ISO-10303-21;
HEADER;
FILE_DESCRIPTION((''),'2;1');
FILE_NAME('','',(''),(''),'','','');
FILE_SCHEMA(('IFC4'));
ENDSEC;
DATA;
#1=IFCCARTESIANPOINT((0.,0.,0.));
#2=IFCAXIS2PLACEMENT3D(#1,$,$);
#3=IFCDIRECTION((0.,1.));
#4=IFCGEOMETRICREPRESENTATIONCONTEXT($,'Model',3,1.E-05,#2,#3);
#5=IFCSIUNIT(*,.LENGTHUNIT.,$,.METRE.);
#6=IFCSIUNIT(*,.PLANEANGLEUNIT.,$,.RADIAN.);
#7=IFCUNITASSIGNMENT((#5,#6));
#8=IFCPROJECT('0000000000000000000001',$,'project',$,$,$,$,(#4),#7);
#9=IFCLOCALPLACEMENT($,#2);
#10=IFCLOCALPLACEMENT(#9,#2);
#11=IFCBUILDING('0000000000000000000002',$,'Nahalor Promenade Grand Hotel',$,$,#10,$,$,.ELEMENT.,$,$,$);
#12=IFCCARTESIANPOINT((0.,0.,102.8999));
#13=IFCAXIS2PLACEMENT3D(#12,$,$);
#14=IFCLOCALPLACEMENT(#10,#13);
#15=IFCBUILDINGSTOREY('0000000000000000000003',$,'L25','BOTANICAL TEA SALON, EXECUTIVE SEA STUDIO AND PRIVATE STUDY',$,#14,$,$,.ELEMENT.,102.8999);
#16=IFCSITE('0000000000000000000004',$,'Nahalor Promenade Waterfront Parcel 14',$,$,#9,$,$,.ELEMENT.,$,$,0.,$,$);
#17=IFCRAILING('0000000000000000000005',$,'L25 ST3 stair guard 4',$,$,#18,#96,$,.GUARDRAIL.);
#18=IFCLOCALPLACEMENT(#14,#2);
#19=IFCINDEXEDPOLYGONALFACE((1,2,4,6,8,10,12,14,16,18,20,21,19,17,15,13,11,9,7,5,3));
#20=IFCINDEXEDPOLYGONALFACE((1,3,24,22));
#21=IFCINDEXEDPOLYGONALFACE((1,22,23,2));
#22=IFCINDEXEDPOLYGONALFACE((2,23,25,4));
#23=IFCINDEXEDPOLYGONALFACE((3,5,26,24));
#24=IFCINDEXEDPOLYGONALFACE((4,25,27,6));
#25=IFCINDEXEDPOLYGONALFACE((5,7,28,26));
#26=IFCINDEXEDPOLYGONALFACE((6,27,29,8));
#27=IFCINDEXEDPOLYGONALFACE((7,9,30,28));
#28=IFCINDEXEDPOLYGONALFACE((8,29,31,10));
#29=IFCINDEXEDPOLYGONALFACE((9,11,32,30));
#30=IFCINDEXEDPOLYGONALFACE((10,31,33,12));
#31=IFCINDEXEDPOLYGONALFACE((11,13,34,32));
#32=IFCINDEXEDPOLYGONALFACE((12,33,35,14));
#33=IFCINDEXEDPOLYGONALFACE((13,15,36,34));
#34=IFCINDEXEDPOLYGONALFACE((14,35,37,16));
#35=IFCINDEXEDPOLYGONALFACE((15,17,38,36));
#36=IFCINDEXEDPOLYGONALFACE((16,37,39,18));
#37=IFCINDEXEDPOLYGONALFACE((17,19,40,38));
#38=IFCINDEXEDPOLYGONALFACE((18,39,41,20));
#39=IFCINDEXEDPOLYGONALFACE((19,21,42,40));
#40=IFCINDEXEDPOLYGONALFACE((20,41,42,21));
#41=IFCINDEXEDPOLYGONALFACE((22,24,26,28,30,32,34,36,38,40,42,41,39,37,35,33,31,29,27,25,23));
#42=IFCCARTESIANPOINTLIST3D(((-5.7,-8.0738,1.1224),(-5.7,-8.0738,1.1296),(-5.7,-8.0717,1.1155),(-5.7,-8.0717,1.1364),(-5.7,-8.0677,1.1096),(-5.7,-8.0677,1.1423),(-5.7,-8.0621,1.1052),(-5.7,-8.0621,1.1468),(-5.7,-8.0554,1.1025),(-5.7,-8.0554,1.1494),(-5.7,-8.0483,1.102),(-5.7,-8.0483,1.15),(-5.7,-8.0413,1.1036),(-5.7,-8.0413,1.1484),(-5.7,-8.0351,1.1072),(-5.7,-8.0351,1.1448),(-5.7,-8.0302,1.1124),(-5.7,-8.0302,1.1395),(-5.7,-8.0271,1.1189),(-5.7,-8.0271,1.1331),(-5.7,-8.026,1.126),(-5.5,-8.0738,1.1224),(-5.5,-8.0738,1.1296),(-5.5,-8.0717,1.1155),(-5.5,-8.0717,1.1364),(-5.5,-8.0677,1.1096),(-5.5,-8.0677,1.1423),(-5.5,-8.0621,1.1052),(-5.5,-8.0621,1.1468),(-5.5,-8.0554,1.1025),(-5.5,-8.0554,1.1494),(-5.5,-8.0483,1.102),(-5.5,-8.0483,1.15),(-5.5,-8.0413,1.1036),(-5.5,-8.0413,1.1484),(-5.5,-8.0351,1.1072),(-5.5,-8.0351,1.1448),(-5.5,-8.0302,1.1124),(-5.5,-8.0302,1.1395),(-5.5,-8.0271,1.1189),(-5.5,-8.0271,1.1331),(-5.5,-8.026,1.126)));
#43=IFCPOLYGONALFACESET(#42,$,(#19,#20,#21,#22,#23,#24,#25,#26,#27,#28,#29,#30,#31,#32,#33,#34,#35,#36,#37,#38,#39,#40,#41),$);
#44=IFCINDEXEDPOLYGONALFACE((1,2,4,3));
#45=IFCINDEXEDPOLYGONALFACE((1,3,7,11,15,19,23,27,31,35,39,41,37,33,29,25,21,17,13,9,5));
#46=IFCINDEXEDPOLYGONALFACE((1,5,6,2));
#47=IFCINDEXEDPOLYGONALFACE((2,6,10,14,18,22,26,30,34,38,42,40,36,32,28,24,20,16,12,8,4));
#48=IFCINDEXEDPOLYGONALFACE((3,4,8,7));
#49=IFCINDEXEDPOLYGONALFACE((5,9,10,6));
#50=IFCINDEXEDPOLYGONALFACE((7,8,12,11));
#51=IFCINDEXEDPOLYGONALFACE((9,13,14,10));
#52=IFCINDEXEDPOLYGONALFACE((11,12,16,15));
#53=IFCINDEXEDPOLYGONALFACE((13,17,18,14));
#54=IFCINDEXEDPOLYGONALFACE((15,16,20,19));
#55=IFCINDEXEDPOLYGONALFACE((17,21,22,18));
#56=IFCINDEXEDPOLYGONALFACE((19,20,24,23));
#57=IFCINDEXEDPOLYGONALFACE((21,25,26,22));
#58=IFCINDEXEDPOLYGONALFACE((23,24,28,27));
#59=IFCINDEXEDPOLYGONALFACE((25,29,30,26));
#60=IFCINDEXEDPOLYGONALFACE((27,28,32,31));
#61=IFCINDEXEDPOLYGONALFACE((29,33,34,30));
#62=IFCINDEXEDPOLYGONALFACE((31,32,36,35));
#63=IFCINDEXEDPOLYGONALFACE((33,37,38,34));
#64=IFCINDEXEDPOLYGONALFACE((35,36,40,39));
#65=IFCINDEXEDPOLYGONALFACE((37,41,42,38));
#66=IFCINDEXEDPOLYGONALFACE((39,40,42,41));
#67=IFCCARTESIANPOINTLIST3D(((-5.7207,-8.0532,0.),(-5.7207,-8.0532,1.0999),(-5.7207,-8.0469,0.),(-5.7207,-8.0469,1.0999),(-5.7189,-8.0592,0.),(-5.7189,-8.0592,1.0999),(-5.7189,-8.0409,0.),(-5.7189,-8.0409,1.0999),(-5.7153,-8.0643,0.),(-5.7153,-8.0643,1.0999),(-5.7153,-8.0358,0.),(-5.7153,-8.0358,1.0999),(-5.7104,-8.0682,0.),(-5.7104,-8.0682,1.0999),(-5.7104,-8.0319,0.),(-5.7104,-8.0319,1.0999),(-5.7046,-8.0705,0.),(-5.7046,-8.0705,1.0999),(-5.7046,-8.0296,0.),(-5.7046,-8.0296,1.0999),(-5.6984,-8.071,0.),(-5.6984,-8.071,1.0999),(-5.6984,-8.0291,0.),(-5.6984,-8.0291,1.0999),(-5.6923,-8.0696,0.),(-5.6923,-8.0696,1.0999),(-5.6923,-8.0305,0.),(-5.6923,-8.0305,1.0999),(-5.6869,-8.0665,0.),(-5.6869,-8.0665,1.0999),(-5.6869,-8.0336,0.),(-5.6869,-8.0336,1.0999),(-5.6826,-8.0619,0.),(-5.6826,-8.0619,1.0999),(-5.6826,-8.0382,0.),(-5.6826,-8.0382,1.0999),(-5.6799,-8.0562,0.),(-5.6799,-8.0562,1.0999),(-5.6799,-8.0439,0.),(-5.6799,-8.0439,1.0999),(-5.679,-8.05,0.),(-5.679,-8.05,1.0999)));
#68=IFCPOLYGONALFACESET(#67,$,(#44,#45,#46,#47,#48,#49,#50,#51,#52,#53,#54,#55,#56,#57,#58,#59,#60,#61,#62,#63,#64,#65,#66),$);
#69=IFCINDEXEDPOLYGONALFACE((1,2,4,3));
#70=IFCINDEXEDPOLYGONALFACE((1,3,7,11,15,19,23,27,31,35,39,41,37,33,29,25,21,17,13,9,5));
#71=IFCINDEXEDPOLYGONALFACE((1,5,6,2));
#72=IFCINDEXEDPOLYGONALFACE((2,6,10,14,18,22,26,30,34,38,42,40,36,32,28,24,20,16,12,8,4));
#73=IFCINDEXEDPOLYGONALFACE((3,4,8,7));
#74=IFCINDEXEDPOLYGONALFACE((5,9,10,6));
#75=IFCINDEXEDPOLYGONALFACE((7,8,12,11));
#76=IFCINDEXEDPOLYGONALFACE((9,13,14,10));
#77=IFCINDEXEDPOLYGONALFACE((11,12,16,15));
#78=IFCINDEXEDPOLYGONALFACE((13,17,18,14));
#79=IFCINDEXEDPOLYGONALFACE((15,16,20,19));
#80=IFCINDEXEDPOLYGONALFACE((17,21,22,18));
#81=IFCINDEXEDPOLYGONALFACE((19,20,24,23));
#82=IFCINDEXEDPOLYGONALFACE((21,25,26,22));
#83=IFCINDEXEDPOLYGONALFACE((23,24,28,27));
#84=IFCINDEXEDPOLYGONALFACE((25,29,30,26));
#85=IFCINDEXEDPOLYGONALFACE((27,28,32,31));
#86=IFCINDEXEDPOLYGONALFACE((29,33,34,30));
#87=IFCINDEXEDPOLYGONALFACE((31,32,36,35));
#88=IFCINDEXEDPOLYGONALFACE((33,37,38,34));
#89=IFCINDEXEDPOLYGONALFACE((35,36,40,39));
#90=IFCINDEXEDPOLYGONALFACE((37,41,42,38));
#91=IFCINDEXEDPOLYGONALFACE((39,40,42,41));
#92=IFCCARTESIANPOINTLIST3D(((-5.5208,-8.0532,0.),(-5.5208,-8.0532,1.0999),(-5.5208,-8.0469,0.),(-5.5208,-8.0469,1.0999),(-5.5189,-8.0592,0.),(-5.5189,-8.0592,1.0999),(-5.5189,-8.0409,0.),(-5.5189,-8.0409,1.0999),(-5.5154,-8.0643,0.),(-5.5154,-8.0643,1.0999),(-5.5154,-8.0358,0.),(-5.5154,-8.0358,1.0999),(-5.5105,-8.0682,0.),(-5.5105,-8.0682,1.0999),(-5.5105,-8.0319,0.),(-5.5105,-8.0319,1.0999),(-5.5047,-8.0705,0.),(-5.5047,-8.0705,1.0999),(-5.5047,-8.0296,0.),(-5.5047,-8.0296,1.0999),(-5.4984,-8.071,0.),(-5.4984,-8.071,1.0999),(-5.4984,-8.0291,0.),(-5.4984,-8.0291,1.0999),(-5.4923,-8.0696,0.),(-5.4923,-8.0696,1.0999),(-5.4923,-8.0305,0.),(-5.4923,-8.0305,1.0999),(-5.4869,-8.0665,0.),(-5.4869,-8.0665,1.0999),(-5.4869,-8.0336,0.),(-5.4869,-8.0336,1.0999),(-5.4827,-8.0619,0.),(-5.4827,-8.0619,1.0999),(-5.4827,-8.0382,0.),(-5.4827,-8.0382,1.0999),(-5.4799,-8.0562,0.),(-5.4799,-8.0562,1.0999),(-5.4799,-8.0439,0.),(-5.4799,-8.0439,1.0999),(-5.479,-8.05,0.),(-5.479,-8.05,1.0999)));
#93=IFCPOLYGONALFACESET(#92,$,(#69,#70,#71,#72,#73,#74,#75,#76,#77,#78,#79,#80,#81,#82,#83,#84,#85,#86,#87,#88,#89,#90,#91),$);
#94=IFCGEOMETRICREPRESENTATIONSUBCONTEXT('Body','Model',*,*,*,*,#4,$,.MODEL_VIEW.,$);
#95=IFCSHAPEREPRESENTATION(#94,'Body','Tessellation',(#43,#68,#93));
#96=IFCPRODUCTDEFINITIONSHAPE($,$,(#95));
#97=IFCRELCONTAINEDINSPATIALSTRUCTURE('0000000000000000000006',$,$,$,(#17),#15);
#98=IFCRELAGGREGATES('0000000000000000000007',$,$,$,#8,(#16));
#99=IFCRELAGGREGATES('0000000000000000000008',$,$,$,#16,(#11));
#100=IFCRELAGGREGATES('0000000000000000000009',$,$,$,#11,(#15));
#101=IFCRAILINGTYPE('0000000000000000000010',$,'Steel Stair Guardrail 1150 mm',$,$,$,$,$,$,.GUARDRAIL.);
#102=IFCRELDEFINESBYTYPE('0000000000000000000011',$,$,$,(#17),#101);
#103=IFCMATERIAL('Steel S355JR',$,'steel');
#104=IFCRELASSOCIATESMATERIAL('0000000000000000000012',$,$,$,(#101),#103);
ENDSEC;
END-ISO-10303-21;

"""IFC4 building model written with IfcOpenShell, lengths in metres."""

from ifc_helpers import new_model, si_unit, direction, frame, origin, origin_2d, place, context, subcontext, project, spatial, circle, extrude, material, type_object, element, save


model = new_model("IFC4")

# Units and contexts
model_context = context("Model", 3, precision=1e-05, world=origin(), true_north=direction((0.0, 1.0)))
body_context = subcontext(model_context, "Body", "Model", "MODEL_VIEW")
ifc_project = project(units=[si_unit("LENGTHUNIT", "METRE"), si_unit("PLANEANGLEUNIT", "RADIAN")], contexts=[model_context])

# Site, building, storey
site_placement = place(None, origin())
site = spatial("IfcSite", under=ifc_project, at=site_placement, Name="Nahalor Promenade Waterfront Parcel 14", CompositionType="ELEMENT", RefElevation=0.0)
building_placement = place(site_placement, origin())
building = spatial("IfcBuilding", under=site, at=building_placement, Name="Nahalor Promenade Grand Hotel", CompositionType="ELEMENT")
storey_placement = place(building_placement, frame((0.0, 0.0, 102.8999)))
storey = spatial("IfcBuildingStorey", under=building, at=storey_placement, Name="L25", Description="BOTANICAL TEA SALON, EXECUTIVE SEA STUDIO AND PRIVATE STUDY", CompositionType="ELEMENT", Elevation=102.8999)

# Shared definitions
ifc_material_1 = material(Name="Steel S355JR", Category="steel")

# Railing
railing_type_1 = type_object("IfcRailingType", Name="Steel Stair Guardrail 1150 mm", PredefinedType="GUARDRAIL", material=ifc_material_1)
railing_1_placement = place(storey_placement, frame((-5.7, -8.05, 0.0)))
element("IfcRailing", 1, at=railing_1_placement, inside=storey, type_object=railing_type_1, Name="L25 ST3 stair guard 4", PredefinedType="GUARDRAIL", context=body_context, shape_type="SweptSolid", body=[
    extrude(circle(Radius=0.024, at=origin_2d()), frame((0.0, 0.0, 1.126), z_axis=(1.0, 0.0, 0.0), x_axis=(0.0, 1.0, 0.0)), (0.0, 0.0, 1.0), 0.2),
    extrude(circle(Radius=0.021, at=origin_2d()), origin(), (0.0, 0.0, 1.0), 1.0999),
    extrude(circle(Radius=0.021, at=origin_2d()), frame((0.2, 0.0, 0.0)), (0.0, 0.0, 1.0), 1.0999),
])

save(model, "model.ifc")
